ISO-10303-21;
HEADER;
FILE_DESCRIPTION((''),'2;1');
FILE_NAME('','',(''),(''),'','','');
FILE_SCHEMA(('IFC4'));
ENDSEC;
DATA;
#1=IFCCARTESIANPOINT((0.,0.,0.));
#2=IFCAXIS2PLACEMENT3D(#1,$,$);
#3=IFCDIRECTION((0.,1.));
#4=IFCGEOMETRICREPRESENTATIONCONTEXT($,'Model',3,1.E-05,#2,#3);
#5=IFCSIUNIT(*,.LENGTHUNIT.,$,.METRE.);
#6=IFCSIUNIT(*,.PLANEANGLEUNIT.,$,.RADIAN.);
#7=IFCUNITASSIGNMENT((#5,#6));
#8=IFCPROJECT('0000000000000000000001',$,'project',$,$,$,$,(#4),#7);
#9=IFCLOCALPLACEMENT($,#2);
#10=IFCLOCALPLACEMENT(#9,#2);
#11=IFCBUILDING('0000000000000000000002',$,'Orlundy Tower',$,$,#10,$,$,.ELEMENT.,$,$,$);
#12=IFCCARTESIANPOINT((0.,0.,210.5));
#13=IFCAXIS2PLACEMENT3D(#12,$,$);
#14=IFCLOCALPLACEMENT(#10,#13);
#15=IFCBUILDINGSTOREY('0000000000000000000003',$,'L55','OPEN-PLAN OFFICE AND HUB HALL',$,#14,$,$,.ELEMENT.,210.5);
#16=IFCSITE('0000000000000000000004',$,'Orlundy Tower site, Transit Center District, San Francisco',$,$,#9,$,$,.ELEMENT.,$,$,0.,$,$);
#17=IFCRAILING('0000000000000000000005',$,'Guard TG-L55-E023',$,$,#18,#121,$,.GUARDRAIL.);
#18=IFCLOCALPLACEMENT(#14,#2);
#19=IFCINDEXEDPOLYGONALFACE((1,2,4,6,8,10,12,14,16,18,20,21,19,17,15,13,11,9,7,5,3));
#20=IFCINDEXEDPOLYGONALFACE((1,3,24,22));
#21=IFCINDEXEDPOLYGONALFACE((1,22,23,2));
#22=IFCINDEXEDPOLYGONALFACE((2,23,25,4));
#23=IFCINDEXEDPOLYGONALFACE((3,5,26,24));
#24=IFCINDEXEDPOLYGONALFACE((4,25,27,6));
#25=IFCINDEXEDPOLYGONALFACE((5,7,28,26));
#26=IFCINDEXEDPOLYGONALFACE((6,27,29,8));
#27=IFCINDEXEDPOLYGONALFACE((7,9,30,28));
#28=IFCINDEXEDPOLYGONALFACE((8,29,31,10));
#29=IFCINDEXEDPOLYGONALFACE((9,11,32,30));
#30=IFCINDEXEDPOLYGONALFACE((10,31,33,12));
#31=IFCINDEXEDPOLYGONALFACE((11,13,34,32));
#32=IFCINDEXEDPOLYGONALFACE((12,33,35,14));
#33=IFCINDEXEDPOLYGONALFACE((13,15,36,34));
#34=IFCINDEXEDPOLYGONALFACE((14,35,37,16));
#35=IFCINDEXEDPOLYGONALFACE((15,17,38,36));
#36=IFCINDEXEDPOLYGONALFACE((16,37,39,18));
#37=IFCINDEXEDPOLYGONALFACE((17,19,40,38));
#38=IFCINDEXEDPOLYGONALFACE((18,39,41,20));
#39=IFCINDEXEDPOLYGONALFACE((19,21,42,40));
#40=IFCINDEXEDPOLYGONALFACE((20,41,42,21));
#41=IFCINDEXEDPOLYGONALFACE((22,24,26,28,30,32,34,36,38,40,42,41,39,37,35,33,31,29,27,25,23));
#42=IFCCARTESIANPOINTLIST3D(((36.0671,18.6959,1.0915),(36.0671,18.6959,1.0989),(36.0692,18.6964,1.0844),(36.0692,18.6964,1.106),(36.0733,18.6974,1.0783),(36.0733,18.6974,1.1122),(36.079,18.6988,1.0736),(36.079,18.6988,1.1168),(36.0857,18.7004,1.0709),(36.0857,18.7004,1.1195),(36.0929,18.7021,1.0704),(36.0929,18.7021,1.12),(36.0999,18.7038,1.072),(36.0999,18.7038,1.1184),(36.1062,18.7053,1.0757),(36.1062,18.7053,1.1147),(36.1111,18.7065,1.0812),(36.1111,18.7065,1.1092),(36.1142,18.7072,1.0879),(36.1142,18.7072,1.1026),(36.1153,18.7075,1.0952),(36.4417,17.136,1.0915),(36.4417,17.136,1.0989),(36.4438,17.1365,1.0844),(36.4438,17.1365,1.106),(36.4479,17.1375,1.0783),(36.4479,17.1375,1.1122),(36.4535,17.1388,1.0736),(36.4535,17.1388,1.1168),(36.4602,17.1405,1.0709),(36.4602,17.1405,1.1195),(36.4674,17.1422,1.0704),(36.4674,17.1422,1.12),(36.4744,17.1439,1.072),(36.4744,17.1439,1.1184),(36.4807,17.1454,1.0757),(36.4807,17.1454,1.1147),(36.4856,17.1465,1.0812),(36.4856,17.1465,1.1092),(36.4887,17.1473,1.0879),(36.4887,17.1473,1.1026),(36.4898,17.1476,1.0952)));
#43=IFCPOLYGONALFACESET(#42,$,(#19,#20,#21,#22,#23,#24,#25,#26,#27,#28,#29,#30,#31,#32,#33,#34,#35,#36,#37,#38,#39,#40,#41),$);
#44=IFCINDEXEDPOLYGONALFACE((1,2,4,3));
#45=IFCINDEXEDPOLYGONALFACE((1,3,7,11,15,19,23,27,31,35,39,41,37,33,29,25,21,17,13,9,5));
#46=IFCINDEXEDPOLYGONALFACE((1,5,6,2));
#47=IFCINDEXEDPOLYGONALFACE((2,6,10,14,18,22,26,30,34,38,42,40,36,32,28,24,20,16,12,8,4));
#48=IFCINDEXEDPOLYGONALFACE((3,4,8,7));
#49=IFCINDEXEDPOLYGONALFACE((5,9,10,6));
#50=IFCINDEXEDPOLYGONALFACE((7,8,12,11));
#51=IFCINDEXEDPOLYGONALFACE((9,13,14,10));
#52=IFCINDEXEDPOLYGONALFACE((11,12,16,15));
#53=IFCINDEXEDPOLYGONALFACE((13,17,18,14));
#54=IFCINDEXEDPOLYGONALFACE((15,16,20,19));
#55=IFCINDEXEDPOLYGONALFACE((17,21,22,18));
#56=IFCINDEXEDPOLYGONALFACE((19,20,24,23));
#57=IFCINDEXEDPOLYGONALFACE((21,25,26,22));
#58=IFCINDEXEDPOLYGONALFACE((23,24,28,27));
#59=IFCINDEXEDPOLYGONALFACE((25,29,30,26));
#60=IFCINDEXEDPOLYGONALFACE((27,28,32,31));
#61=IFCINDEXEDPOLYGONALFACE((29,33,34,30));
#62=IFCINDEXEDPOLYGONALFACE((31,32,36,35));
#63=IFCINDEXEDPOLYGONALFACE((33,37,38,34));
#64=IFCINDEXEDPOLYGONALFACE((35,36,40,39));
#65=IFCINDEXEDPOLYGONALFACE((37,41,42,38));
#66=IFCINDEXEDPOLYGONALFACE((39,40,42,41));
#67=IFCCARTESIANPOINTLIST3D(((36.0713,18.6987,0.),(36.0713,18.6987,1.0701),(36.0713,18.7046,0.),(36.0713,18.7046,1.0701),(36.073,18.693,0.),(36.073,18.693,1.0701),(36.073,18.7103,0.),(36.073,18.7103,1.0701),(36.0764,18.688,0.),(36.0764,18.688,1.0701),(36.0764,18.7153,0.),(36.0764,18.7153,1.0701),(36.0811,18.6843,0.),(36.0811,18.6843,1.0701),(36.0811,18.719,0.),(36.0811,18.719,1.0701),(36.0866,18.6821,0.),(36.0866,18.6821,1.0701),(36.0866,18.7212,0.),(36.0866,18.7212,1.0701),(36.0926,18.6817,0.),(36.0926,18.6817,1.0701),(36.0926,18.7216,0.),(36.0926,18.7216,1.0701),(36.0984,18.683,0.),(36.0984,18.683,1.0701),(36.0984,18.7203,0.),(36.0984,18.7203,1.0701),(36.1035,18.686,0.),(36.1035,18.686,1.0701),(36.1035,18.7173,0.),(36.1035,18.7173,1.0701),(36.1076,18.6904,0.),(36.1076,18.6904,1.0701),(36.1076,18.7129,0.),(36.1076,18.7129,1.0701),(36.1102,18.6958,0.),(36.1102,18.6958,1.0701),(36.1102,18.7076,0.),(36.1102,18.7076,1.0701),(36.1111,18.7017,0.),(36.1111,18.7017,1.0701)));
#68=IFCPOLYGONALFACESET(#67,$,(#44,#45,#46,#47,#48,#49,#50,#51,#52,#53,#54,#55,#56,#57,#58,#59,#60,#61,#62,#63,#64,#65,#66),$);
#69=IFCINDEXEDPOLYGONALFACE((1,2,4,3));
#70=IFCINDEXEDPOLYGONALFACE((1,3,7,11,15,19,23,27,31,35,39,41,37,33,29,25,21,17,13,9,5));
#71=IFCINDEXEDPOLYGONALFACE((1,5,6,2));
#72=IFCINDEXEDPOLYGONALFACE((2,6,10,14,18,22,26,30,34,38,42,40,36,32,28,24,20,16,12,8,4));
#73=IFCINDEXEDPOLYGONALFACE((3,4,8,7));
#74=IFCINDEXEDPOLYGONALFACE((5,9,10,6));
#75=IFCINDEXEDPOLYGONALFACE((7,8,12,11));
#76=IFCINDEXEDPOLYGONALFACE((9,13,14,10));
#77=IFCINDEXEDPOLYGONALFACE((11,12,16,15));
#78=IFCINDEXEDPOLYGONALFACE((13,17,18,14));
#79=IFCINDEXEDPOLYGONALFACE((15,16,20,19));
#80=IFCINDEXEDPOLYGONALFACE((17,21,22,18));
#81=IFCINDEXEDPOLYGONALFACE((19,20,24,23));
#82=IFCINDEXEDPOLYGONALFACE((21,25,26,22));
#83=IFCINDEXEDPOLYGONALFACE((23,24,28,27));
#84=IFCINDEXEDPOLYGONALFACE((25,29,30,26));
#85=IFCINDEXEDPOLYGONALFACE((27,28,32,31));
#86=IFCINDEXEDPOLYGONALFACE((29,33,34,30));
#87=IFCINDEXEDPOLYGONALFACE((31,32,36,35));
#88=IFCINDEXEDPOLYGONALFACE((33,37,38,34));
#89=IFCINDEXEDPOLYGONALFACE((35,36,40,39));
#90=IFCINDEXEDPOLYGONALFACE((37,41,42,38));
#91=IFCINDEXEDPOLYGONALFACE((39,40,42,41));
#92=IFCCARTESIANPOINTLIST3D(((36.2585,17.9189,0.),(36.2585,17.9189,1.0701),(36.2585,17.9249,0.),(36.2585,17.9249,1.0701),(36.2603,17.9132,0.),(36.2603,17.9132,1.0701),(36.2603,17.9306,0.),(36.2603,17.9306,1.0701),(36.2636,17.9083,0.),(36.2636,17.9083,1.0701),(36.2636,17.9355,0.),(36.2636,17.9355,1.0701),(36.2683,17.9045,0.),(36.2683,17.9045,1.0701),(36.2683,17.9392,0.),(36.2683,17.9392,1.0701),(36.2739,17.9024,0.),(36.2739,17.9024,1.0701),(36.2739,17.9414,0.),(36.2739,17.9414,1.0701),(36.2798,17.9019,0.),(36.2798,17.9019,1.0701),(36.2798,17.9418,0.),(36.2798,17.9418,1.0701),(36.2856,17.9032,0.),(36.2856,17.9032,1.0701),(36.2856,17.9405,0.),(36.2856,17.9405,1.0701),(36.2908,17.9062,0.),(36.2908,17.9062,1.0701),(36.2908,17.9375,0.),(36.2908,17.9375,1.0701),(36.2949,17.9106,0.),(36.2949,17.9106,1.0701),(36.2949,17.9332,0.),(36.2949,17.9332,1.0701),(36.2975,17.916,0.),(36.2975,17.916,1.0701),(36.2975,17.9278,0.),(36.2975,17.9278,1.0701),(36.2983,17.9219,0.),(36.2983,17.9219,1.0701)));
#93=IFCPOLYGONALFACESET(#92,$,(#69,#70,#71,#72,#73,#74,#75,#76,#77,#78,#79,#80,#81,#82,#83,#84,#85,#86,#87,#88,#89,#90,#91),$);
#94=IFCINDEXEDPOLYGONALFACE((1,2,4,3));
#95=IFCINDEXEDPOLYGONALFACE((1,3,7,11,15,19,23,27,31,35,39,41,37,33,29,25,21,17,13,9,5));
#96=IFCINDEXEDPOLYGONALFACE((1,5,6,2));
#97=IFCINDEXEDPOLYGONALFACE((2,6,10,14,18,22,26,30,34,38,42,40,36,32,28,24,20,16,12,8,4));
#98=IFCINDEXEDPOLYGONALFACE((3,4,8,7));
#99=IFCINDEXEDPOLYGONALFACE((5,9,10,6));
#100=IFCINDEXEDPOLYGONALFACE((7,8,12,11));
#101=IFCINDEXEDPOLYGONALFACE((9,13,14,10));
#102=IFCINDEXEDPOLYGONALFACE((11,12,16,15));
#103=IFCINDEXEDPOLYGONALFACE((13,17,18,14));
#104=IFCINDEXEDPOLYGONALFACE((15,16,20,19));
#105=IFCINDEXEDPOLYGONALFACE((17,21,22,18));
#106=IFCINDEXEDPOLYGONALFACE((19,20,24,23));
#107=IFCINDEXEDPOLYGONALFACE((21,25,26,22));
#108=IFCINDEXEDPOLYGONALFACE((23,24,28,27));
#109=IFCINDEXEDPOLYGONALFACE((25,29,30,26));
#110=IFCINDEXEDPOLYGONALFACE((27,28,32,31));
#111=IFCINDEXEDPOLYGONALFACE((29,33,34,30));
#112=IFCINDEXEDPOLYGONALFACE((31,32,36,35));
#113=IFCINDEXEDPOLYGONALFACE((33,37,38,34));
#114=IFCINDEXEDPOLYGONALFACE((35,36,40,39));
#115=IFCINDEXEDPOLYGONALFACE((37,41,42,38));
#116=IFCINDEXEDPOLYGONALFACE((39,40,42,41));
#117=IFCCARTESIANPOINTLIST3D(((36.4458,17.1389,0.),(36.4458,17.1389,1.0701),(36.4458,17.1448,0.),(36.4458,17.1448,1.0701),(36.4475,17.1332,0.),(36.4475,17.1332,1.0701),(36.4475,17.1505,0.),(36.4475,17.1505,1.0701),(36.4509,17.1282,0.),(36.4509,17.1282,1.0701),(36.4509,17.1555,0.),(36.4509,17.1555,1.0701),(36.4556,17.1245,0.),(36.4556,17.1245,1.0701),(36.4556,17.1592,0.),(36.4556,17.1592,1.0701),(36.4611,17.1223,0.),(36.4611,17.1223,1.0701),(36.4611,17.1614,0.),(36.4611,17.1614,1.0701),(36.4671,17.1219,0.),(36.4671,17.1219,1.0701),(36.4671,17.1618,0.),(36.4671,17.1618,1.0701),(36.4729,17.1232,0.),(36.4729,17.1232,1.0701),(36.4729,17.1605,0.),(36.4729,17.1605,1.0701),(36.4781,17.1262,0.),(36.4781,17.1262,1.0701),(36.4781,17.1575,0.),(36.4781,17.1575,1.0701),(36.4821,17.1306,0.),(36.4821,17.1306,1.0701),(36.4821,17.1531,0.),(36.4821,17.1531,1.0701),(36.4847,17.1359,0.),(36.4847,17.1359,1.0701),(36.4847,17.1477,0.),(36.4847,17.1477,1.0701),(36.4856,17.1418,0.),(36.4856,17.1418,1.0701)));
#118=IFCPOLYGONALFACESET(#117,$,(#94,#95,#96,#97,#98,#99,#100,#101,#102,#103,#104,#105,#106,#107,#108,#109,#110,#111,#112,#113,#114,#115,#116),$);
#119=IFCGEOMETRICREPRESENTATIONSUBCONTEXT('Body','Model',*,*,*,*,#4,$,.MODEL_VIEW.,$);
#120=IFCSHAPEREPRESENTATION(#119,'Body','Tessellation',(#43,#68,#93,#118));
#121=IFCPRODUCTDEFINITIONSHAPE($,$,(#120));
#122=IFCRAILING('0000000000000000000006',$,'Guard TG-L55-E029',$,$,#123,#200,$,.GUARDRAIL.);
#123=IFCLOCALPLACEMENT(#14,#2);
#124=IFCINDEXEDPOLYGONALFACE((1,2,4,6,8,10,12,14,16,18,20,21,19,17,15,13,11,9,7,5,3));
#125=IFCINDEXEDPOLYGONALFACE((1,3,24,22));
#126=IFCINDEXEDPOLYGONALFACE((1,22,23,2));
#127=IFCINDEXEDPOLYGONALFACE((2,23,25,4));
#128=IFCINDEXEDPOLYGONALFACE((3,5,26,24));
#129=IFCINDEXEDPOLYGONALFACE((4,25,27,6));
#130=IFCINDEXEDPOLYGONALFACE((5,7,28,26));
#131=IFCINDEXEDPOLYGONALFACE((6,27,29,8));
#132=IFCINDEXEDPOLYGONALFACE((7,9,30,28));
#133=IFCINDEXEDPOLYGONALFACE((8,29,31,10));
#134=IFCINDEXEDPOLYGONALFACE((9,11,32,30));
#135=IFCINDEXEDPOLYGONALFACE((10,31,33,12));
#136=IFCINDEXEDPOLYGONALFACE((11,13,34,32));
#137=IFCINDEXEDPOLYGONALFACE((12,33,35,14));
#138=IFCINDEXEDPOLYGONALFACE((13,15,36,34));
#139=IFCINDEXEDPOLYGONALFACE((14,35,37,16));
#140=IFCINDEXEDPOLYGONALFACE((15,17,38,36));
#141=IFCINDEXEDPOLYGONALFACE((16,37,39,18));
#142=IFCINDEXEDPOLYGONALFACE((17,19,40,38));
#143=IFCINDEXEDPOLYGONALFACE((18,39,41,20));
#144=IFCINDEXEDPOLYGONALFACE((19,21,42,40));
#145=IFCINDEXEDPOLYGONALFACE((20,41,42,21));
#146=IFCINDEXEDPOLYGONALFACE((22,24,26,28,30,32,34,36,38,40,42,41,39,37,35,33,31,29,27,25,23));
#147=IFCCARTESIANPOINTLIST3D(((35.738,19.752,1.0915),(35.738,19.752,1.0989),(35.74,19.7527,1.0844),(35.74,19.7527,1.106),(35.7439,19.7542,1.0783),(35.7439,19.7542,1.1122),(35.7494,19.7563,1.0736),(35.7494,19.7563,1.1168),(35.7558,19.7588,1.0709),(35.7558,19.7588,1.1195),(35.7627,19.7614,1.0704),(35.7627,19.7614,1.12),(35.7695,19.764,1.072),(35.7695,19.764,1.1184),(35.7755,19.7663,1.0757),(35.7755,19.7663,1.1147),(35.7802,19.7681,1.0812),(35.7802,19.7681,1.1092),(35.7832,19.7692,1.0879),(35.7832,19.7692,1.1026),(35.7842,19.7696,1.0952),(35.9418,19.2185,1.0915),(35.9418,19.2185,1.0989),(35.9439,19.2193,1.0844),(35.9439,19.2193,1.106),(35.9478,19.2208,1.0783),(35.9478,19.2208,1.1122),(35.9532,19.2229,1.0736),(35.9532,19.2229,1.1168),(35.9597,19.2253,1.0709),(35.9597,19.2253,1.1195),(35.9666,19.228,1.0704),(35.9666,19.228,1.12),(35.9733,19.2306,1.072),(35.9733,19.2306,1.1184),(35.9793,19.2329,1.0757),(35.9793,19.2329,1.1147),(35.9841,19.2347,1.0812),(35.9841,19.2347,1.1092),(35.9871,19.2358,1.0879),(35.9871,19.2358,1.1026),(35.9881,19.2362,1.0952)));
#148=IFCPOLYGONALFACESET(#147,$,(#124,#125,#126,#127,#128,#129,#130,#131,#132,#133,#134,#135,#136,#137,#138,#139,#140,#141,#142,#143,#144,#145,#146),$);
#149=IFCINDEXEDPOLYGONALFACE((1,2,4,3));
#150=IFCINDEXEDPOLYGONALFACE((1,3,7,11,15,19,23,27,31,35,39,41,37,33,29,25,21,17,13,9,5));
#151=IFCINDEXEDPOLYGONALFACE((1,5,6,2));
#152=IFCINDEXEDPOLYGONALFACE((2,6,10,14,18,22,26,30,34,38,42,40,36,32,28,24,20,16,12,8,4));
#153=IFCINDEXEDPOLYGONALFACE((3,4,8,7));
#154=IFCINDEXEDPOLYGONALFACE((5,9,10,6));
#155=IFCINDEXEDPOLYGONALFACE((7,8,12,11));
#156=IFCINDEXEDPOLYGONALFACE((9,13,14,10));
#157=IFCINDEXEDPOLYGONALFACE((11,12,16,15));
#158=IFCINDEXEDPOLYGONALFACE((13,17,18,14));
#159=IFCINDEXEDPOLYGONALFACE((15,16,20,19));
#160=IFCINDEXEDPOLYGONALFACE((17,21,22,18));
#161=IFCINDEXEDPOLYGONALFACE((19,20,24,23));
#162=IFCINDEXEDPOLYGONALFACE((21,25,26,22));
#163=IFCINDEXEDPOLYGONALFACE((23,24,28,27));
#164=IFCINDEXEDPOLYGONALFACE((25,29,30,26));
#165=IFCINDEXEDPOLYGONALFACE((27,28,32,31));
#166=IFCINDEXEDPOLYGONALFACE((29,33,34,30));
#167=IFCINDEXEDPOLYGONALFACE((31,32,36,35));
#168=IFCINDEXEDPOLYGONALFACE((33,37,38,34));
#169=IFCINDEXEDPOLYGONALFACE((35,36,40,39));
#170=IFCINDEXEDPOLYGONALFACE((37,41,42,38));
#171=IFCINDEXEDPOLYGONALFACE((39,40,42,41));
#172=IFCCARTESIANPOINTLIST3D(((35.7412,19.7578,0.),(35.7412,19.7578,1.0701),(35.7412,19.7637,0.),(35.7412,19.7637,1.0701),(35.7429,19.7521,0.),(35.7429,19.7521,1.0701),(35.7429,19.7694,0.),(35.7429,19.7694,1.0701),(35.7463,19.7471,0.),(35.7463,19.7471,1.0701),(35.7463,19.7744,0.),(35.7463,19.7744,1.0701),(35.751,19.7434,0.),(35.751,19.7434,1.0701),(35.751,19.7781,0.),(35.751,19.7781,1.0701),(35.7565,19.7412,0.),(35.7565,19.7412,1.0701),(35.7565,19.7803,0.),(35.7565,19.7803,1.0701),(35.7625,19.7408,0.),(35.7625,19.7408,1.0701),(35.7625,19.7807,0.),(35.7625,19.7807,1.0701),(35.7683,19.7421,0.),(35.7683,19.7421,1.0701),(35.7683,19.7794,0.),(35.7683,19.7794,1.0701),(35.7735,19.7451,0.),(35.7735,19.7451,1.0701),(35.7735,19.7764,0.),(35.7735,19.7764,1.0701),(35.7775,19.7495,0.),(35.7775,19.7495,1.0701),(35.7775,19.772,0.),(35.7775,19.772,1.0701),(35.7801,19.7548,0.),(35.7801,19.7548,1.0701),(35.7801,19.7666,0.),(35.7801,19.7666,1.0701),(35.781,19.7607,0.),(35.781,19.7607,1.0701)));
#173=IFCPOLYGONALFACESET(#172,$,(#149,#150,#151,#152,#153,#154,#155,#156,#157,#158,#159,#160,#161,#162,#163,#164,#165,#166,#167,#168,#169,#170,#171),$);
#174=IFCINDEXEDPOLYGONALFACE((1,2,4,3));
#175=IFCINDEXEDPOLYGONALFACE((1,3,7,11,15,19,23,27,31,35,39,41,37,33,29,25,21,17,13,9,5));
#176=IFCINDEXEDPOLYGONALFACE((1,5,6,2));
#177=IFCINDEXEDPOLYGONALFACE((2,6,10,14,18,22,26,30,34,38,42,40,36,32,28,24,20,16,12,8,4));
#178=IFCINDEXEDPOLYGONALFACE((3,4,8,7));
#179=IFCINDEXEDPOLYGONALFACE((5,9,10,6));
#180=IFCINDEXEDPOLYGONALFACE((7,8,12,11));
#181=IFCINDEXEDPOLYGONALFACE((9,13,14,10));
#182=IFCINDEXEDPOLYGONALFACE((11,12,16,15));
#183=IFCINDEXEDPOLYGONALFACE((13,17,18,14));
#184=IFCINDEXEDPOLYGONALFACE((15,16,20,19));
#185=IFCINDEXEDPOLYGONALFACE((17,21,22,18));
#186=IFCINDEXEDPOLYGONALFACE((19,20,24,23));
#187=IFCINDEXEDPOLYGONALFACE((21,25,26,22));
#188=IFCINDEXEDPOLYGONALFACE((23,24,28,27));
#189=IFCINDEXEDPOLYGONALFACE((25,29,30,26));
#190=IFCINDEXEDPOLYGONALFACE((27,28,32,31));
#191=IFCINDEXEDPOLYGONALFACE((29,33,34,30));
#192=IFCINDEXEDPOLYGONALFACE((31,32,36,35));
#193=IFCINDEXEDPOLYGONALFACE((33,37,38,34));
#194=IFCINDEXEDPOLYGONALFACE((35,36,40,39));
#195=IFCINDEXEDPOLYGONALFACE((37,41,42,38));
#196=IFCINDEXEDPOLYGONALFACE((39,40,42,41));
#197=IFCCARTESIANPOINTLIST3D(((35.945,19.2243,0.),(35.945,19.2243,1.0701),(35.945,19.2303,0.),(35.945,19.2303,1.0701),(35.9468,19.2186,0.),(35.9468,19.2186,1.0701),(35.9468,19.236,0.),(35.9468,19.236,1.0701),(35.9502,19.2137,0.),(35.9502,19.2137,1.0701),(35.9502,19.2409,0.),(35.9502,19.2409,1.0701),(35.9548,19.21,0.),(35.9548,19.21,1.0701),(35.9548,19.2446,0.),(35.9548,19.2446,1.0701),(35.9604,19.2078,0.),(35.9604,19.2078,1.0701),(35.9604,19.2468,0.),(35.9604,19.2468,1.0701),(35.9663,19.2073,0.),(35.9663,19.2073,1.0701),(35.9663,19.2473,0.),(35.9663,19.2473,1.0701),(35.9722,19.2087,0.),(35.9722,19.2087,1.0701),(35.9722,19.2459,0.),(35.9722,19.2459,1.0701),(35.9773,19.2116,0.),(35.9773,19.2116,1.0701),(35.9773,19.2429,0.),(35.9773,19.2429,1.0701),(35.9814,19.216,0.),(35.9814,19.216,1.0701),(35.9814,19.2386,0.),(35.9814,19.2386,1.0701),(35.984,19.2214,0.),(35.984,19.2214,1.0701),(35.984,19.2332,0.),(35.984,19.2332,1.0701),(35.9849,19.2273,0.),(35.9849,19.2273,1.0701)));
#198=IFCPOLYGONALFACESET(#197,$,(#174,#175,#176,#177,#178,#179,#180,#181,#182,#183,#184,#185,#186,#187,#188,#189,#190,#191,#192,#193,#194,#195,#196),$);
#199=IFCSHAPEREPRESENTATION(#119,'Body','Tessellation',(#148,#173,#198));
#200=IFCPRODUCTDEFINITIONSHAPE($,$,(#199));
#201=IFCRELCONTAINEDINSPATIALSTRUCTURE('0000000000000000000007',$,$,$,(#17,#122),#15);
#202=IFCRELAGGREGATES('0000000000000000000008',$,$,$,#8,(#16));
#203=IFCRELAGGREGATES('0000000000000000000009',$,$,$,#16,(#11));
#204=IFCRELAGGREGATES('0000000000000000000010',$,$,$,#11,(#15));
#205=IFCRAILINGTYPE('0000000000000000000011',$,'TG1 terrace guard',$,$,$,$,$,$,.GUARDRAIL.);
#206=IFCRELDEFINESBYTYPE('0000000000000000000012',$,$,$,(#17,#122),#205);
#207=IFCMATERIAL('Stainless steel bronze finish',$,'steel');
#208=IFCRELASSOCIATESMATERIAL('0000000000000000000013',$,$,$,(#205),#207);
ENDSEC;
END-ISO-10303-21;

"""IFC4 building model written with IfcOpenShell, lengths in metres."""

from ifc_helpers import new_model, si_unit, direction, frame, origin, origin_2d, place, context, subcontext, project, spatial, circle, extrude, material, type_object, element, save


model = new_model("IFC4")

# Units and contexts
model_context = context("Model", 3, precision=1e-05, world=origin(), true_north=direction((0.0, 1.0)))
body_context = subcontext(model_context, "Body", "Model", "MODEL_VIEW")
ifc_project = project(units=[si_unit("LENGTHUNIT", "METRE"), si_unit("PLANEANGLEUNIT", "RADIAN")], contexts=[model_context])

# Site, building, storey
site_placement = place(None, origin())
site = spatial("IfcSite", under=ifc_project, at=site_placement, Name="Orlundy Tower site, Transit Center District, San Francisco", CompositionType="ELEMENT", RefElevation=0.0)
building_placement = place(site_placement, origin())
building = spatial("IfcBuilding", under=site, at=building_placement, Name="Orlundy Tower", CompositionType="ELEMENT")
storey_placement = place(building_placement, frame((0.0, 0.0, 210.5)))
storey = spatial("IfcBuildingStorey", under=building, at=storey_placement, Name="L55", Description="OPEN-PLAN OFFICE AND HUB HALL", CompositionType="ELEMENT", Elevation=210.5)

# Railings
ifc_material_1 = material(Name="Stainless steel bronze finish", Category="steel")
railing_type = type_object("IfcRailingType", Name="TG1 terrace guard", PredefinedType="GUARDRAIL", material=ifc_material_1)
railing_1_placement = place(storey_placement, frame((36.0911, 18.7017, 0.0)))
element("IfcRailing", 1, at=railing_1_placement, inside=storey, type_object=railing_type, Name="Guard TG-L55-E023", PredefinedType="GUARDRAIL", context=body_context, shape_type="SweptSolid", body=[
    extrude(circle(Radius=0.0249, at=origin_2d()), frame((0.0, 0.0, 1.0952), z_axis=(0.233465, -0.972365, 0.0), x_axis=(0.972365, 0.233465, 0.0)), (0.0, 0.0, 1.0), 1.6042),
    extrude(circle(Radius=0.02, at=origin_2d()), origin(), (0.0, 0.0, 1.0), 1.0701),
    extrude(circle(Radius=0.02, at=origin_2d()), frame((0.1873, -0.7798, 0.0)), (0.0, 0.0, 1.0), 1.0701),
    extrude(circle(Radius=0.02, at=origin_2d()), frame((0.3745, -1.5598, 0.0)), (0.0, 0.0, 1.0), 1.0701),
])
railing_2_placement = place(storey_placement, frame((35.761, 19.7607, 0.0)))
element("IfcRailing", 2, at=railing_2_placement, inside=storey, type_object=railing_type, Name="Guard TG-L55-E029", PredefinedType="GUARDRAIL", context=body_context, shape_type="SweptSolid", body=[
    extrude(circle(Radius=0.0249, at=origin_2d()), frame((0.0, 0.0, 1.0952), z_axis=(0.356973, -0.934115, 0.0), x_axis=(0.934115, 0.356973, 0.0)), (0.0, 0.0, 1.0), 0.571),
    extrude(circle(Radius=0.02, at=origin_2d()), origin(), (0.0, 0.0, 1.0), 1.0701),
    extrude(circle(Radius=0.02, at=origin_2d()), frame((0.2039, -0.5334, 0.0)), (0.0, 0.0, 1.0), 1.0701),
])

save(model, "model.ifc")
